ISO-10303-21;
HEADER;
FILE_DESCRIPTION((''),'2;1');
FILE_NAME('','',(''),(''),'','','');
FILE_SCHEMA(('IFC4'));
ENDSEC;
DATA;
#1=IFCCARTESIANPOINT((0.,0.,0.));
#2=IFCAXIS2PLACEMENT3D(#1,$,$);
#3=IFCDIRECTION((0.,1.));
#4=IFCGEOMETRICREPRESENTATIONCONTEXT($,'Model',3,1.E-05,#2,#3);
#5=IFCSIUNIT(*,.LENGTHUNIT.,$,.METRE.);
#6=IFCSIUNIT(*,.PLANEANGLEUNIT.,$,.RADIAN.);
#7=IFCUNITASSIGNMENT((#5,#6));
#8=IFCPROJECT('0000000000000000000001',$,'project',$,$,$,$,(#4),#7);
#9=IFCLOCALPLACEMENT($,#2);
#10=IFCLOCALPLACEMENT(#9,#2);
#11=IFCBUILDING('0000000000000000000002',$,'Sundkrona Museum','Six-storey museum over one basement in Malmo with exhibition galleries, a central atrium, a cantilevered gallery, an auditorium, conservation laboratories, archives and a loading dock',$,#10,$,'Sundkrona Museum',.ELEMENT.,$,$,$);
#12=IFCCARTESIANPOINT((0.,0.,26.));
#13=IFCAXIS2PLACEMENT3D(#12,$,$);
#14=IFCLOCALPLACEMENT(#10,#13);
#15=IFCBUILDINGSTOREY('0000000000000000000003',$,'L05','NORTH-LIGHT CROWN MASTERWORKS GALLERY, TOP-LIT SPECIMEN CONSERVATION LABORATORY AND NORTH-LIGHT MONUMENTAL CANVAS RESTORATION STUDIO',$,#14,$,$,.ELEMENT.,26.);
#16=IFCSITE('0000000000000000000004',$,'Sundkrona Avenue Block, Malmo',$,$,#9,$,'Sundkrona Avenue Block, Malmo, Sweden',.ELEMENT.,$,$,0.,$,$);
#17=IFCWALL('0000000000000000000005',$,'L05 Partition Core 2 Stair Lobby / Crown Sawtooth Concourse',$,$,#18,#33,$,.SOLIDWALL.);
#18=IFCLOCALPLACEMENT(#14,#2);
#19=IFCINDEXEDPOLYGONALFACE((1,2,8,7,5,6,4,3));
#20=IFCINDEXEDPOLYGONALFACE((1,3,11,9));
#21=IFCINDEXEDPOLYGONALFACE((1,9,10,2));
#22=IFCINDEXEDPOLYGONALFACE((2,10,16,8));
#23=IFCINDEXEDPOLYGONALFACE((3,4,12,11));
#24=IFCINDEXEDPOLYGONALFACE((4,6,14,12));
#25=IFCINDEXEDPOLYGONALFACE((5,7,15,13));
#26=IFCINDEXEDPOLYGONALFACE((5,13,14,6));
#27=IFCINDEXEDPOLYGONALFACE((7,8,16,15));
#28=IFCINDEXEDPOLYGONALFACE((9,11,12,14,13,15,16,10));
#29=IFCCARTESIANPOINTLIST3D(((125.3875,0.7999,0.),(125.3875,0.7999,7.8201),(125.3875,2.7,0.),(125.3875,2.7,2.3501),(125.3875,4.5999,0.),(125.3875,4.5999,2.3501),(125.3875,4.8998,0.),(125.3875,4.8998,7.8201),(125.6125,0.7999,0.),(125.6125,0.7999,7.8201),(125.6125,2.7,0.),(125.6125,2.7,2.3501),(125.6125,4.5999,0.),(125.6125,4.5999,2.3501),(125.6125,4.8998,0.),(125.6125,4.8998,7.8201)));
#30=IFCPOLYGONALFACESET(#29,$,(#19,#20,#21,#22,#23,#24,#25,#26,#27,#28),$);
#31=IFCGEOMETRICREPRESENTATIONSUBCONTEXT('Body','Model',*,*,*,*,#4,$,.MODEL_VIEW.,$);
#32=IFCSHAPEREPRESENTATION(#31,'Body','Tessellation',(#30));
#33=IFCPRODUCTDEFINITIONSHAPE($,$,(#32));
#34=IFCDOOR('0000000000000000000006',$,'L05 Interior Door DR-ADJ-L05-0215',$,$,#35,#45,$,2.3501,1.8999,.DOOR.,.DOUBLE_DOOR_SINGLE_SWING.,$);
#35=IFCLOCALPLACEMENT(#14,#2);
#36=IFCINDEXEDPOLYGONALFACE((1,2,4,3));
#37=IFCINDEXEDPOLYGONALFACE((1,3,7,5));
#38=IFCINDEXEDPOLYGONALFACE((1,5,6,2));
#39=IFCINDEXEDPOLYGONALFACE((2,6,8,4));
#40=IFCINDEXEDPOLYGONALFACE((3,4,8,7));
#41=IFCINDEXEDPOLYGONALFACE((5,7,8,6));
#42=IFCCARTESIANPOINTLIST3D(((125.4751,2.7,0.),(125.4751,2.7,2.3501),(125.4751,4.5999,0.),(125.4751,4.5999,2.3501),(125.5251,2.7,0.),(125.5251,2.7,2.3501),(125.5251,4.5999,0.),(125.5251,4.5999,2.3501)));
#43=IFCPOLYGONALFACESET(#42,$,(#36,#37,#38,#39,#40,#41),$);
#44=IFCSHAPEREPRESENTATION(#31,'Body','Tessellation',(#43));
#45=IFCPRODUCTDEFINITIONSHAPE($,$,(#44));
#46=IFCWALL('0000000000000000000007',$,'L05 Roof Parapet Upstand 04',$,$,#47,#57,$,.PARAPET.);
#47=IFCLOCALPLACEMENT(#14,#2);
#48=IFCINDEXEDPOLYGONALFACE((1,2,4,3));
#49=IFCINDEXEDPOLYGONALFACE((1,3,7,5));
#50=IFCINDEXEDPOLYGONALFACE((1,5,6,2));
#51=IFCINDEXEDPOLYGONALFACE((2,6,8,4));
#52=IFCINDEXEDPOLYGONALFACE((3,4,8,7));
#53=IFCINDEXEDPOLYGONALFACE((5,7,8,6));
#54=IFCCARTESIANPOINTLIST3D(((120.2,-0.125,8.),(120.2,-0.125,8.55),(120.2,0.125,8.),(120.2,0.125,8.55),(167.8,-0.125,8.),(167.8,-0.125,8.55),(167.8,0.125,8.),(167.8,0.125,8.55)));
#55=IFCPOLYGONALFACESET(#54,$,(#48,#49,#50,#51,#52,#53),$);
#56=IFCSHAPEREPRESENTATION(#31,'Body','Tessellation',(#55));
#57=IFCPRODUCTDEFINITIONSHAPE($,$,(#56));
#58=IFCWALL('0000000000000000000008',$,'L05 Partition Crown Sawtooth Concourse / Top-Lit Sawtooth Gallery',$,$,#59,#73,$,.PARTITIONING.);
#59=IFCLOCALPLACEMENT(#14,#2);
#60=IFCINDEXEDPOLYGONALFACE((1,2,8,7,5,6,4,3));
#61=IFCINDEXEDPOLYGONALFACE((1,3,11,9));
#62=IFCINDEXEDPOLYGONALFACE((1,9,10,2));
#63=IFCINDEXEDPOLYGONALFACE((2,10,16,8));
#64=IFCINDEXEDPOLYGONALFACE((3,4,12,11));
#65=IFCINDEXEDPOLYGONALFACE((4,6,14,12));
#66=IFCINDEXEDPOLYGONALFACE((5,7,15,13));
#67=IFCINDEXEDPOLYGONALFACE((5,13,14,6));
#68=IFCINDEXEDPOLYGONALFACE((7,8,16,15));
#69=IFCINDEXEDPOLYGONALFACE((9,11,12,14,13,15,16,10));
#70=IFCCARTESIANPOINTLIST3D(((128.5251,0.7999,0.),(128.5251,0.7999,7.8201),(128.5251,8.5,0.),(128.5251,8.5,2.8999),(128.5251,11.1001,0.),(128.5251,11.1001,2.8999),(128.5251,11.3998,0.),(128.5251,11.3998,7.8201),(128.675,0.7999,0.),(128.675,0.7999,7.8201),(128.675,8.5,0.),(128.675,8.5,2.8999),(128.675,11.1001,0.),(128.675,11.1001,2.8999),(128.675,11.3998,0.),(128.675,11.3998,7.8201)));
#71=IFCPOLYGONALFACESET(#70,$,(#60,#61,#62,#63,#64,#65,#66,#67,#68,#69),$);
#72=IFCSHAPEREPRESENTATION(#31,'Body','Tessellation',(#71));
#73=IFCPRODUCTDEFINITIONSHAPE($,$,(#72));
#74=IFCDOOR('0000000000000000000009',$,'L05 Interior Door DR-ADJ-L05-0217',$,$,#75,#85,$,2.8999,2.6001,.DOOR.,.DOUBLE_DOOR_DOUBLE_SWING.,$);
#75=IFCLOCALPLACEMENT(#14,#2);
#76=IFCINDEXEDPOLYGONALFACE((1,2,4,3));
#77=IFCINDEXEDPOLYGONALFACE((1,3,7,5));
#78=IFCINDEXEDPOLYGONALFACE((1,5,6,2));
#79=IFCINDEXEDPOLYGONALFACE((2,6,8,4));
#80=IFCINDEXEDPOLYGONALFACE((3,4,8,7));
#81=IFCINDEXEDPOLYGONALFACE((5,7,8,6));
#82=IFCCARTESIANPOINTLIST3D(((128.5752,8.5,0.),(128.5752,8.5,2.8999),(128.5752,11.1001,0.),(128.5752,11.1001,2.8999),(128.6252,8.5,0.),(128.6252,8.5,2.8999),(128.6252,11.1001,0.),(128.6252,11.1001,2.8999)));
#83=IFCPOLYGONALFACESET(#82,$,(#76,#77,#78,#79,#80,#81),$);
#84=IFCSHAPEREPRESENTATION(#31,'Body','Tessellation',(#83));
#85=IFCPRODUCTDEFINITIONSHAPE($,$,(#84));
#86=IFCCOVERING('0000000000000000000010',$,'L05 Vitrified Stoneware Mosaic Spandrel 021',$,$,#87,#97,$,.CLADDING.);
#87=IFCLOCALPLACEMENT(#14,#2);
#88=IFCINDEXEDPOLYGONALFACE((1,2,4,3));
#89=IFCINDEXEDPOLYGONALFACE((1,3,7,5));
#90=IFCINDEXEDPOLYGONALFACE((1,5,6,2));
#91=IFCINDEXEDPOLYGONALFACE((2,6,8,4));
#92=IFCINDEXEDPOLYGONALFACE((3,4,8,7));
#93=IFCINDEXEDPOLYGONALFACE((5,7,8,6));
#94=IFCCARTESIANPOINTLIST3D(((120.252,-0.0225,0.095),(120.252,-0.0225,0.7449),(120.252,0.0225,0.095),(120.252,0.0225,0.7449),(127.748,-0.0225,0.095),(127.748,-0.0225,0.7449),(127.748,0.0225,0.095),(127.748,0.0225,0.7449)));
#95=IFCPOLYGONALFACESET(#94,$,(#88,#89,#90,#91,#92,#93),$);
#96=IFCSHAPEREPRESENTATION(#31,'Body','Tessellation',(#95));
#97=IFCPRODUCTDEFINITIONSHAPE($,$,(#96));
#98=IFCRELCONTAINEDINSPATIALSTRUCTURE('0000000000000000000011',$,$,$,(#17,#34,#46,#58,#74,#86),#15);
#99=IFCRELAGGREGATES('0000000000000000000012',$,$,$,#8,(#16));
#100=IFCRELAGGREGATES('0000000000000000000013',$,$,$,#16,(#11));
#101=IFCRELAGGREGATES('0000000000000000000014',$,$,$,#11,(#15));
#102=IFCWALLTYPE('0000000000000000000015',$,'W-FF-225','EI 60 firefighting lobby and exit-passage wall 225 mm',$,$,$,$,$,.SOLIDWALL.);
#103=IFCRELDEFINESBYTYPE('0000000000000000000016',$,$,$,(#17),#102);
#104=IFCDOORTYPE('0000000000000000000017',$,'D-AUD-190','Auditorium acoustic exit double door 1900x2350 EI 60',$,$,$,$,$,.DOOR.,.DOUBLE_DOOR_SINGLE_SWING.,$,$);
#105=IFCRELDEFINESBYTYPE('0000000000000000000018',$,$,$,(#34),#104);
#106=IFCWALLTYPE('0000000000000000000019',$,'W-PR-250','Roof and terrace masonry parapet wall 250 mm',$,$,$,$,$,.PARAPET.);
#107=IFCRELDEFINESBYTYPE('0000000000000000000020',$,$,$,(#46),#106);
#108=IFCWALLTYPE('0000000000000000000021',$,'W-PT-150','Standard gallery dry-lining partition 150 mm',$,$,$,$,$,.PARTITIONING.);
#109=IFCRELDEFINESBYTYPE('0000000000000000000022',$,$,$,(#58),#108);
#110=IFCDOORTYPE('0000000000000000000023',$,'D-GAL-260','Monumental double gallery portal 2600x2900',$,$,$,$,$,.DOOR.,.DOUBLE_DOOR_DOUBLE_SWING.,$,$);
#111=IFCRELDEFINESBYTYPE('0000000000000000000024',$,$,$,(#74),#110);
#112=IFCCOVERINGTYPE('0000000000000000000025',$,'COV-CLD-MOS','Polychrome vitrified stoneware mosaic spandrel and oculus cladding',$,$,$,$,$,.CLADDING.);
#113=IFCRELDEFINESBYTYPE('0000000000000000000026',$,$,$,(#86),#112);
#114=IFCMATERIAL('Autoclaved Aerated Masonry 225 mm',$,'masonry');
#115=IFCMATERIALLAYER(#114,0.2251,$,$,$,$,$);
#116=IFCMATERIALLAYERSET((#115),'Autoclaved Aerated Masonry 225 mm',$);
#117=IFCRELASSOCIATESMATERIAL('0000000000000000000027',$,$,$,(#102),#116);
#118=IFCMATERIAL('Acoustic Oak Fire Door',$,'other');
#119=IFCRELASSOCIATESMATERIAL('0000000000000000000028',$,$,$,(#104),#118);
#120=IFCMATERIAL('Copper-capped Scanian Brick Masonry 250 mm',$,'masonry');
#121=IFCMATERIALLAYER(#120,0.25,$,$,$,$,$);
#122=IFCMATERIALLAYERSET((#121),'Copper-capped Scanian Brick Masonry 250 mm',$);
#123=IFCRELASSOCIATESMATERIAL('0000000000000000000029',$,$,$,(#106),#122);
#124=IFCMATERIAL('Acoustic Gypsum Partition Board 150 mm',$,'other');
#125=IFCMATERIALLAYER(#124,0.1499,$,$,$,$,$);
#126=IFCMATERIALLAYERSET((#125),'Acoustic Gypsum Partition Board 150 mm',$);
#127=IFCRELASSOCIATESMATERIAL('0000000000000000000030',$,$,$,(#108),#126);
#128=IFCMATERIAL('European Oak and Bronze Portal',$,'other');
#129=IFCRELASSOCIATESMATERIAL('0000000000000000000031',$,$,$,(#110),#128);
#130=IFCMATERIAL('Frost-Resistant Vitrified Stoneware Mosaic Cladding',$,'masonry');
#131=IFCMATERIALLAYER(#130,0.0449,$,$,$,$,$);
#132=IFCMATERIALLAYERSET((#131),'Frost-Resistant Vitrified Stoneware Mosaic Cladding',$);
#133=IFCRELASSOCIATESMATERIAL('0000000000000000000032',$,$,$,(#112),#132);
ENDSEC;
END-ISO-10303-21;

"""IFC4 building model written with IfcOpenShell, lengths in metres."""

from ifc_helpers import new_model, si_unit, direction, frame, frame_2d, origin, origin_2d, place, context, subcontext, project, spatial, rectangle, extrude, material, layer, layer_set, type_object, element, fill, save


model = new_model("IFC4")

# Units and contexts
model_context = context("Model", 3, precision=1e-05, world=origin(), true_north=direction((0.0, 1.0)))
body_context = subcontext(model_context, "Body", "Model", "MODEL_VIEW")
ifc_project = project(units=[si_unit("LENGTHUNIT", "METRE"), si_unit("PLANEANGLEUNIT", "RADIAN")], contexts=[model_context])

# Site, building, storey
site_placement = place(None, origin())
site = spatial("IfcSite", under=ifc_project, at=site_placement, Name="Sundkrona Avenue Block, Malmo", LongName="Sundkrona Avenue Block, Malmo, Sweden", CompositionType="ELEMENT", RefElevation=0.0)
building_placement = place(site_placement, origin())
building = spatial("IfcBuilding", under=site, at=building_placement, Name="Sundkrona Museum", Description="Six-storey museum over one basement in Malmo with exhibition galleries, a central atrium, a cantilevered gallery, an auditorium, conservation laboratories, archives and a loading dock", LongName="Sundkrona Museum", CompositionType="ELEMENT")
storey_placement = place(building_placement, frame((0.0, 0.0, 26.0)))
storey = spatial("IfcBuildingStorey", under=building, at=storey_placement, Name="L05", Description="NORTH-LIGHT CROWN MASTERWORKS GALLERY, TOP-LIT SPECIMEN CONSERVATION LABORATORY AND NORTH-LIGHT MONUMENTAL CANVAS RESTORATION STUDIO", CompositionType="ELEMENT", Elevation=26.0)

# Wall, opening, door
ifc_material_1 = material(Name="Autoclaved Aerated Masonry 225 mm", Category="masonry")
ifc_layer_1 = layer(ifc_material_1, 0.2251)
ifc_layer_set_1 = layer_set([ifc_layer_1], Name="Autoclaved Aerated Masonry 225 mm")
wall_type_1 = type_object("IfcWallType", Name="W-FF-225", Description="EI 60 firefighting lobby and exit-passage wall 225 mm", PredefinedType="SOLIDWALL", material=ifc_layer_set_1)
wall_1_placement = place(storey_placement, frame((125.5, 0.8, 0.0), z_axis=(0.0, 0.0, 1.0), x_axis=(0.0, 1.0, 0.0)))
wall_1 = element("IfcWall", 1, at=wall_1_placement, inside=storey, type_object=wall_type_1, Name="L05 Partition Core 2 Stair Lobby / Crown Sawtooth Concourse", PredefinedType="SOLIDWALL", context=body_context, shape_type="SweptSolid", body=[
    extrude(rectangle(XDim=4.0999, YDim=0.2251, at=frame_2d((2.0498, 0.0))), origin(), (0.0, 0.0, 1.0), 7.8201),
])
opening_1_placement = place(wall_1_placement, frame((1.8999, 0.0, 0.0)))
opening_1 = element("IfcOpeningElement", 2, at=opening_1_placement, cuts=wall_1, PredefinedType="OPENING", context=body_context, shape_type="SweptSolid", body=[
    extrude(rectangle(XDim=1.8999, YDim=2.3501, at=frame_2d((0.95, 1.175))), frame((0.0, 0.1226, 0.0), z_axis=(0.0, -1.0, 0.0), x_axis=(1.0, 0.0, 0.0)), (0.0, 0.0, 1.0), 0.2451),
])
ifc_material_2 = material(Name="Acoustic Oak Fire Door", Category="other")
door_type_1 = type_object("IfcDoorType", Name="D-AUD-190", Description="Auditorium acoustic exit double door 1900x2350 EI 60", OperationType="DOUBLE_DOOR_SINGLE_SWING", PredefinedType="DOOR", material=ifc_material_2)
door_1_placement = place(opening_1_placement, origin())
door_1 = element("IfcDoor", 3, at=door_1_placement, inside=storey, type_object=door_type_1, Name="L05 Interior Door DR-ADJ-L05-0215", OperationType="DOUBLE_DOOR_SINGLE_SWING", OverallHeight=2.3501, OverallWidth=1.8999, PredefinedType="DOOR", context=body_context, shape_type="SweptSolid", body=[
    extrude(rectangle(XDim=1.8999, YDim=2.3501, at=frame_2d((0.95, 1.175))), frame((0.0, 0.0249, 0.0), z_axis=(0.0, -1.0, 0.0), x_axis=(1.0, 0.0, 0.0)), (0.0, 0.0, 1.0), 0.05),
])
fill(opening_1, door_1)

# Wall
ifc_material_3 = material(Name="Copper-capped Scanian Brick Masonry 250 mm", Category="masonry")
ifc_layer_2 = layer(ifc_material_3, 0.25)
ifc_layer_set_2 = layer_set([ifc_layer_2], Name="Copper-capped Scanian Brick Masonry 250 mm")
wall_type_2 = type_object("IfcWallType", Name="W-PR-250", Description="Roof and terrace masonry parapet wall 250 mm", PredefinedType="PARAPET", material=ifc_layer_set_2)
wall_2_placement = place(storey_placement, frame((120.2, 0.0, 8.0), z_axis=(0.0, 0.0, 1.0), x_axis=(1.0, 0.0, 0.0)))
element("IfcWall", 4, at=wall_2_placement, inside=storey, type_object=wall_type_2, Name="L05 Roof Parapet Upstand 04", PredefinedType="PARAPET", context=body_context, shape_type="SweptSolid", body=[
    extrude(rectangle(XDim=47.6001, YDim=0.25, at=frame_2d((23.8, 0.0))), origin(), (0.0, 0.0, 1.0), 0.55),
])

# Wall, opening, door
ifc_material_4 = material(Name="Acoustic Gypsum Partition Board 150 mm", Category="other")
ifc_layer_3 = layer(ifc_material_4, 0.1499)
ifc_layer_set_3 = layer_set([ifc_layer_3], Name="Acoustic Gypsum Partition Board 150 mm")
wall_type_3 = type_object("IfcWallType", Name="W-PT-150", Description="Standard gallery dry-lining partition 150 mm", PredefinedType="PARTITIONING", material=ifc_layer_set_3)
wall_3_placement = place(storey_placement, frame((128.6001, 0.8, 0.0), z_axis=(0.0, 0.0, 1.0), x_axis=(0.0, 1.0, 0.0)))
wall_3 = element("IfcWall", 5, at=wall_3_placement, inside=storey, type_object=wall_type_3, Name="L05 Partition Crown Sawtooth Concourse / Top-Lit Sawtooth Gallery", PredefinedType="PARTITIONING", context=body_context, shape_type="SweptSolid", body=[
    extrude(rectangle(XDim=10.5999, YDim=0.1499, at=frame_2d((5.2998, 0.0))), origin(), (0.0, 0.0, 1.0), 7.8201),
])
opening_2_placement = place(wall_3_placement, frame((7.7, 0.0, 0.0)))
opening_2 = element("IfcOpeningElement", 6, at=opening_2_placement, cuts=wall_3, PredefinedType="OPENING", context=body_context, shape_type="SweptSolid", body=[
    extrude(rectangle(XDim=2.6001, YDim=2.8999, at=frame_2d((1.3, 1.45))), frame((0.0, 0.085, 0.0), z_axis=(0.0, -1.0, 0.0), x_axis=(1.0, 0.0, 0.0)), (0.0, 0.0, 1.0), 0.1699),
])
ifc_material_5 = material(Name="European Oak and Bronze Portal", Category="other")
door_type_2 = type_object("IfcDoorType", Name="D-GAL-260", Description="Monumental double gallery portal 2600x2900", OperationType="DOUBLE_DOOR_DOUBLE_SWING", PredefinedType="DOOR", material=ifc_material_5)
door_2_placement = place(opening_2_placement, origin())
door_2 = element("IfcDoor", 7, at=door_2_placement, inside=storey, type_object=door_type_2, Name="L05 Interior Door DR-ADJ-L05-0217", OperationType="DOUBLE_DOOR_DOUBLE_SWING", OverallHeight=2.8999, OverallWidth=2.6001, PredefinedType="DOOR", context=body_context, shape_type="SweptSolid", body=[
    extrude(rectangle(XDim=2.6001, YDim=2.8999, at=frame_2d((1.3, 1.45))), frame((0.0, 0.0249, 0.0), z_axis=(0.0, -1.0, 0.0), x_axis=(1.0, 0.0, 0.0)), (0.0, 0.0, 1.0), 0.05),
])
fill(opening_2, door_2)

# Covering
ifc_material_6 = material(Name="Frost-Resistant Vitrified Stoneware Mosaic Cladding", Category="masonry")
ifc_layer_4 = layer(ifc_material_6, 0.0449)
ifc_layer_set_4 = layer_set([ifc_layer_4], Name="Frost-Resistant Vitrified Stoneware Mosaic Cladding")
covering_type = type_object("IfcCoveringType", Name="COV-CLD-MOS", Description="Polychrome vitrified stoneware mosaic spandrel and oculus cladding", PredefinedType="CLADDING", material=ifc_layer_set_4)
covering_placement = place(storey_placement, frame((124.0, 0.0, 0.095), z_axis=(0.0, 0.0, 1.0), x_axis=(1.0, 0.0, 0.0)))
element("IfcCovering", 8, at=covering_placement, inside=storey, type_object=covering_type, Name="L05 Vitrified Stoneware Mosaic Spandrel 021", PredefinedType="CLADDING", context=body_context, shape_type="SweptSolid", body=[
    extrude(rectangle(XDim=7.4961, YDim=0.0449, at=origin_2d()), origin(), (0.0, 0.0, 1.0), 0.6499),
])

save(model, "model.ifc")
